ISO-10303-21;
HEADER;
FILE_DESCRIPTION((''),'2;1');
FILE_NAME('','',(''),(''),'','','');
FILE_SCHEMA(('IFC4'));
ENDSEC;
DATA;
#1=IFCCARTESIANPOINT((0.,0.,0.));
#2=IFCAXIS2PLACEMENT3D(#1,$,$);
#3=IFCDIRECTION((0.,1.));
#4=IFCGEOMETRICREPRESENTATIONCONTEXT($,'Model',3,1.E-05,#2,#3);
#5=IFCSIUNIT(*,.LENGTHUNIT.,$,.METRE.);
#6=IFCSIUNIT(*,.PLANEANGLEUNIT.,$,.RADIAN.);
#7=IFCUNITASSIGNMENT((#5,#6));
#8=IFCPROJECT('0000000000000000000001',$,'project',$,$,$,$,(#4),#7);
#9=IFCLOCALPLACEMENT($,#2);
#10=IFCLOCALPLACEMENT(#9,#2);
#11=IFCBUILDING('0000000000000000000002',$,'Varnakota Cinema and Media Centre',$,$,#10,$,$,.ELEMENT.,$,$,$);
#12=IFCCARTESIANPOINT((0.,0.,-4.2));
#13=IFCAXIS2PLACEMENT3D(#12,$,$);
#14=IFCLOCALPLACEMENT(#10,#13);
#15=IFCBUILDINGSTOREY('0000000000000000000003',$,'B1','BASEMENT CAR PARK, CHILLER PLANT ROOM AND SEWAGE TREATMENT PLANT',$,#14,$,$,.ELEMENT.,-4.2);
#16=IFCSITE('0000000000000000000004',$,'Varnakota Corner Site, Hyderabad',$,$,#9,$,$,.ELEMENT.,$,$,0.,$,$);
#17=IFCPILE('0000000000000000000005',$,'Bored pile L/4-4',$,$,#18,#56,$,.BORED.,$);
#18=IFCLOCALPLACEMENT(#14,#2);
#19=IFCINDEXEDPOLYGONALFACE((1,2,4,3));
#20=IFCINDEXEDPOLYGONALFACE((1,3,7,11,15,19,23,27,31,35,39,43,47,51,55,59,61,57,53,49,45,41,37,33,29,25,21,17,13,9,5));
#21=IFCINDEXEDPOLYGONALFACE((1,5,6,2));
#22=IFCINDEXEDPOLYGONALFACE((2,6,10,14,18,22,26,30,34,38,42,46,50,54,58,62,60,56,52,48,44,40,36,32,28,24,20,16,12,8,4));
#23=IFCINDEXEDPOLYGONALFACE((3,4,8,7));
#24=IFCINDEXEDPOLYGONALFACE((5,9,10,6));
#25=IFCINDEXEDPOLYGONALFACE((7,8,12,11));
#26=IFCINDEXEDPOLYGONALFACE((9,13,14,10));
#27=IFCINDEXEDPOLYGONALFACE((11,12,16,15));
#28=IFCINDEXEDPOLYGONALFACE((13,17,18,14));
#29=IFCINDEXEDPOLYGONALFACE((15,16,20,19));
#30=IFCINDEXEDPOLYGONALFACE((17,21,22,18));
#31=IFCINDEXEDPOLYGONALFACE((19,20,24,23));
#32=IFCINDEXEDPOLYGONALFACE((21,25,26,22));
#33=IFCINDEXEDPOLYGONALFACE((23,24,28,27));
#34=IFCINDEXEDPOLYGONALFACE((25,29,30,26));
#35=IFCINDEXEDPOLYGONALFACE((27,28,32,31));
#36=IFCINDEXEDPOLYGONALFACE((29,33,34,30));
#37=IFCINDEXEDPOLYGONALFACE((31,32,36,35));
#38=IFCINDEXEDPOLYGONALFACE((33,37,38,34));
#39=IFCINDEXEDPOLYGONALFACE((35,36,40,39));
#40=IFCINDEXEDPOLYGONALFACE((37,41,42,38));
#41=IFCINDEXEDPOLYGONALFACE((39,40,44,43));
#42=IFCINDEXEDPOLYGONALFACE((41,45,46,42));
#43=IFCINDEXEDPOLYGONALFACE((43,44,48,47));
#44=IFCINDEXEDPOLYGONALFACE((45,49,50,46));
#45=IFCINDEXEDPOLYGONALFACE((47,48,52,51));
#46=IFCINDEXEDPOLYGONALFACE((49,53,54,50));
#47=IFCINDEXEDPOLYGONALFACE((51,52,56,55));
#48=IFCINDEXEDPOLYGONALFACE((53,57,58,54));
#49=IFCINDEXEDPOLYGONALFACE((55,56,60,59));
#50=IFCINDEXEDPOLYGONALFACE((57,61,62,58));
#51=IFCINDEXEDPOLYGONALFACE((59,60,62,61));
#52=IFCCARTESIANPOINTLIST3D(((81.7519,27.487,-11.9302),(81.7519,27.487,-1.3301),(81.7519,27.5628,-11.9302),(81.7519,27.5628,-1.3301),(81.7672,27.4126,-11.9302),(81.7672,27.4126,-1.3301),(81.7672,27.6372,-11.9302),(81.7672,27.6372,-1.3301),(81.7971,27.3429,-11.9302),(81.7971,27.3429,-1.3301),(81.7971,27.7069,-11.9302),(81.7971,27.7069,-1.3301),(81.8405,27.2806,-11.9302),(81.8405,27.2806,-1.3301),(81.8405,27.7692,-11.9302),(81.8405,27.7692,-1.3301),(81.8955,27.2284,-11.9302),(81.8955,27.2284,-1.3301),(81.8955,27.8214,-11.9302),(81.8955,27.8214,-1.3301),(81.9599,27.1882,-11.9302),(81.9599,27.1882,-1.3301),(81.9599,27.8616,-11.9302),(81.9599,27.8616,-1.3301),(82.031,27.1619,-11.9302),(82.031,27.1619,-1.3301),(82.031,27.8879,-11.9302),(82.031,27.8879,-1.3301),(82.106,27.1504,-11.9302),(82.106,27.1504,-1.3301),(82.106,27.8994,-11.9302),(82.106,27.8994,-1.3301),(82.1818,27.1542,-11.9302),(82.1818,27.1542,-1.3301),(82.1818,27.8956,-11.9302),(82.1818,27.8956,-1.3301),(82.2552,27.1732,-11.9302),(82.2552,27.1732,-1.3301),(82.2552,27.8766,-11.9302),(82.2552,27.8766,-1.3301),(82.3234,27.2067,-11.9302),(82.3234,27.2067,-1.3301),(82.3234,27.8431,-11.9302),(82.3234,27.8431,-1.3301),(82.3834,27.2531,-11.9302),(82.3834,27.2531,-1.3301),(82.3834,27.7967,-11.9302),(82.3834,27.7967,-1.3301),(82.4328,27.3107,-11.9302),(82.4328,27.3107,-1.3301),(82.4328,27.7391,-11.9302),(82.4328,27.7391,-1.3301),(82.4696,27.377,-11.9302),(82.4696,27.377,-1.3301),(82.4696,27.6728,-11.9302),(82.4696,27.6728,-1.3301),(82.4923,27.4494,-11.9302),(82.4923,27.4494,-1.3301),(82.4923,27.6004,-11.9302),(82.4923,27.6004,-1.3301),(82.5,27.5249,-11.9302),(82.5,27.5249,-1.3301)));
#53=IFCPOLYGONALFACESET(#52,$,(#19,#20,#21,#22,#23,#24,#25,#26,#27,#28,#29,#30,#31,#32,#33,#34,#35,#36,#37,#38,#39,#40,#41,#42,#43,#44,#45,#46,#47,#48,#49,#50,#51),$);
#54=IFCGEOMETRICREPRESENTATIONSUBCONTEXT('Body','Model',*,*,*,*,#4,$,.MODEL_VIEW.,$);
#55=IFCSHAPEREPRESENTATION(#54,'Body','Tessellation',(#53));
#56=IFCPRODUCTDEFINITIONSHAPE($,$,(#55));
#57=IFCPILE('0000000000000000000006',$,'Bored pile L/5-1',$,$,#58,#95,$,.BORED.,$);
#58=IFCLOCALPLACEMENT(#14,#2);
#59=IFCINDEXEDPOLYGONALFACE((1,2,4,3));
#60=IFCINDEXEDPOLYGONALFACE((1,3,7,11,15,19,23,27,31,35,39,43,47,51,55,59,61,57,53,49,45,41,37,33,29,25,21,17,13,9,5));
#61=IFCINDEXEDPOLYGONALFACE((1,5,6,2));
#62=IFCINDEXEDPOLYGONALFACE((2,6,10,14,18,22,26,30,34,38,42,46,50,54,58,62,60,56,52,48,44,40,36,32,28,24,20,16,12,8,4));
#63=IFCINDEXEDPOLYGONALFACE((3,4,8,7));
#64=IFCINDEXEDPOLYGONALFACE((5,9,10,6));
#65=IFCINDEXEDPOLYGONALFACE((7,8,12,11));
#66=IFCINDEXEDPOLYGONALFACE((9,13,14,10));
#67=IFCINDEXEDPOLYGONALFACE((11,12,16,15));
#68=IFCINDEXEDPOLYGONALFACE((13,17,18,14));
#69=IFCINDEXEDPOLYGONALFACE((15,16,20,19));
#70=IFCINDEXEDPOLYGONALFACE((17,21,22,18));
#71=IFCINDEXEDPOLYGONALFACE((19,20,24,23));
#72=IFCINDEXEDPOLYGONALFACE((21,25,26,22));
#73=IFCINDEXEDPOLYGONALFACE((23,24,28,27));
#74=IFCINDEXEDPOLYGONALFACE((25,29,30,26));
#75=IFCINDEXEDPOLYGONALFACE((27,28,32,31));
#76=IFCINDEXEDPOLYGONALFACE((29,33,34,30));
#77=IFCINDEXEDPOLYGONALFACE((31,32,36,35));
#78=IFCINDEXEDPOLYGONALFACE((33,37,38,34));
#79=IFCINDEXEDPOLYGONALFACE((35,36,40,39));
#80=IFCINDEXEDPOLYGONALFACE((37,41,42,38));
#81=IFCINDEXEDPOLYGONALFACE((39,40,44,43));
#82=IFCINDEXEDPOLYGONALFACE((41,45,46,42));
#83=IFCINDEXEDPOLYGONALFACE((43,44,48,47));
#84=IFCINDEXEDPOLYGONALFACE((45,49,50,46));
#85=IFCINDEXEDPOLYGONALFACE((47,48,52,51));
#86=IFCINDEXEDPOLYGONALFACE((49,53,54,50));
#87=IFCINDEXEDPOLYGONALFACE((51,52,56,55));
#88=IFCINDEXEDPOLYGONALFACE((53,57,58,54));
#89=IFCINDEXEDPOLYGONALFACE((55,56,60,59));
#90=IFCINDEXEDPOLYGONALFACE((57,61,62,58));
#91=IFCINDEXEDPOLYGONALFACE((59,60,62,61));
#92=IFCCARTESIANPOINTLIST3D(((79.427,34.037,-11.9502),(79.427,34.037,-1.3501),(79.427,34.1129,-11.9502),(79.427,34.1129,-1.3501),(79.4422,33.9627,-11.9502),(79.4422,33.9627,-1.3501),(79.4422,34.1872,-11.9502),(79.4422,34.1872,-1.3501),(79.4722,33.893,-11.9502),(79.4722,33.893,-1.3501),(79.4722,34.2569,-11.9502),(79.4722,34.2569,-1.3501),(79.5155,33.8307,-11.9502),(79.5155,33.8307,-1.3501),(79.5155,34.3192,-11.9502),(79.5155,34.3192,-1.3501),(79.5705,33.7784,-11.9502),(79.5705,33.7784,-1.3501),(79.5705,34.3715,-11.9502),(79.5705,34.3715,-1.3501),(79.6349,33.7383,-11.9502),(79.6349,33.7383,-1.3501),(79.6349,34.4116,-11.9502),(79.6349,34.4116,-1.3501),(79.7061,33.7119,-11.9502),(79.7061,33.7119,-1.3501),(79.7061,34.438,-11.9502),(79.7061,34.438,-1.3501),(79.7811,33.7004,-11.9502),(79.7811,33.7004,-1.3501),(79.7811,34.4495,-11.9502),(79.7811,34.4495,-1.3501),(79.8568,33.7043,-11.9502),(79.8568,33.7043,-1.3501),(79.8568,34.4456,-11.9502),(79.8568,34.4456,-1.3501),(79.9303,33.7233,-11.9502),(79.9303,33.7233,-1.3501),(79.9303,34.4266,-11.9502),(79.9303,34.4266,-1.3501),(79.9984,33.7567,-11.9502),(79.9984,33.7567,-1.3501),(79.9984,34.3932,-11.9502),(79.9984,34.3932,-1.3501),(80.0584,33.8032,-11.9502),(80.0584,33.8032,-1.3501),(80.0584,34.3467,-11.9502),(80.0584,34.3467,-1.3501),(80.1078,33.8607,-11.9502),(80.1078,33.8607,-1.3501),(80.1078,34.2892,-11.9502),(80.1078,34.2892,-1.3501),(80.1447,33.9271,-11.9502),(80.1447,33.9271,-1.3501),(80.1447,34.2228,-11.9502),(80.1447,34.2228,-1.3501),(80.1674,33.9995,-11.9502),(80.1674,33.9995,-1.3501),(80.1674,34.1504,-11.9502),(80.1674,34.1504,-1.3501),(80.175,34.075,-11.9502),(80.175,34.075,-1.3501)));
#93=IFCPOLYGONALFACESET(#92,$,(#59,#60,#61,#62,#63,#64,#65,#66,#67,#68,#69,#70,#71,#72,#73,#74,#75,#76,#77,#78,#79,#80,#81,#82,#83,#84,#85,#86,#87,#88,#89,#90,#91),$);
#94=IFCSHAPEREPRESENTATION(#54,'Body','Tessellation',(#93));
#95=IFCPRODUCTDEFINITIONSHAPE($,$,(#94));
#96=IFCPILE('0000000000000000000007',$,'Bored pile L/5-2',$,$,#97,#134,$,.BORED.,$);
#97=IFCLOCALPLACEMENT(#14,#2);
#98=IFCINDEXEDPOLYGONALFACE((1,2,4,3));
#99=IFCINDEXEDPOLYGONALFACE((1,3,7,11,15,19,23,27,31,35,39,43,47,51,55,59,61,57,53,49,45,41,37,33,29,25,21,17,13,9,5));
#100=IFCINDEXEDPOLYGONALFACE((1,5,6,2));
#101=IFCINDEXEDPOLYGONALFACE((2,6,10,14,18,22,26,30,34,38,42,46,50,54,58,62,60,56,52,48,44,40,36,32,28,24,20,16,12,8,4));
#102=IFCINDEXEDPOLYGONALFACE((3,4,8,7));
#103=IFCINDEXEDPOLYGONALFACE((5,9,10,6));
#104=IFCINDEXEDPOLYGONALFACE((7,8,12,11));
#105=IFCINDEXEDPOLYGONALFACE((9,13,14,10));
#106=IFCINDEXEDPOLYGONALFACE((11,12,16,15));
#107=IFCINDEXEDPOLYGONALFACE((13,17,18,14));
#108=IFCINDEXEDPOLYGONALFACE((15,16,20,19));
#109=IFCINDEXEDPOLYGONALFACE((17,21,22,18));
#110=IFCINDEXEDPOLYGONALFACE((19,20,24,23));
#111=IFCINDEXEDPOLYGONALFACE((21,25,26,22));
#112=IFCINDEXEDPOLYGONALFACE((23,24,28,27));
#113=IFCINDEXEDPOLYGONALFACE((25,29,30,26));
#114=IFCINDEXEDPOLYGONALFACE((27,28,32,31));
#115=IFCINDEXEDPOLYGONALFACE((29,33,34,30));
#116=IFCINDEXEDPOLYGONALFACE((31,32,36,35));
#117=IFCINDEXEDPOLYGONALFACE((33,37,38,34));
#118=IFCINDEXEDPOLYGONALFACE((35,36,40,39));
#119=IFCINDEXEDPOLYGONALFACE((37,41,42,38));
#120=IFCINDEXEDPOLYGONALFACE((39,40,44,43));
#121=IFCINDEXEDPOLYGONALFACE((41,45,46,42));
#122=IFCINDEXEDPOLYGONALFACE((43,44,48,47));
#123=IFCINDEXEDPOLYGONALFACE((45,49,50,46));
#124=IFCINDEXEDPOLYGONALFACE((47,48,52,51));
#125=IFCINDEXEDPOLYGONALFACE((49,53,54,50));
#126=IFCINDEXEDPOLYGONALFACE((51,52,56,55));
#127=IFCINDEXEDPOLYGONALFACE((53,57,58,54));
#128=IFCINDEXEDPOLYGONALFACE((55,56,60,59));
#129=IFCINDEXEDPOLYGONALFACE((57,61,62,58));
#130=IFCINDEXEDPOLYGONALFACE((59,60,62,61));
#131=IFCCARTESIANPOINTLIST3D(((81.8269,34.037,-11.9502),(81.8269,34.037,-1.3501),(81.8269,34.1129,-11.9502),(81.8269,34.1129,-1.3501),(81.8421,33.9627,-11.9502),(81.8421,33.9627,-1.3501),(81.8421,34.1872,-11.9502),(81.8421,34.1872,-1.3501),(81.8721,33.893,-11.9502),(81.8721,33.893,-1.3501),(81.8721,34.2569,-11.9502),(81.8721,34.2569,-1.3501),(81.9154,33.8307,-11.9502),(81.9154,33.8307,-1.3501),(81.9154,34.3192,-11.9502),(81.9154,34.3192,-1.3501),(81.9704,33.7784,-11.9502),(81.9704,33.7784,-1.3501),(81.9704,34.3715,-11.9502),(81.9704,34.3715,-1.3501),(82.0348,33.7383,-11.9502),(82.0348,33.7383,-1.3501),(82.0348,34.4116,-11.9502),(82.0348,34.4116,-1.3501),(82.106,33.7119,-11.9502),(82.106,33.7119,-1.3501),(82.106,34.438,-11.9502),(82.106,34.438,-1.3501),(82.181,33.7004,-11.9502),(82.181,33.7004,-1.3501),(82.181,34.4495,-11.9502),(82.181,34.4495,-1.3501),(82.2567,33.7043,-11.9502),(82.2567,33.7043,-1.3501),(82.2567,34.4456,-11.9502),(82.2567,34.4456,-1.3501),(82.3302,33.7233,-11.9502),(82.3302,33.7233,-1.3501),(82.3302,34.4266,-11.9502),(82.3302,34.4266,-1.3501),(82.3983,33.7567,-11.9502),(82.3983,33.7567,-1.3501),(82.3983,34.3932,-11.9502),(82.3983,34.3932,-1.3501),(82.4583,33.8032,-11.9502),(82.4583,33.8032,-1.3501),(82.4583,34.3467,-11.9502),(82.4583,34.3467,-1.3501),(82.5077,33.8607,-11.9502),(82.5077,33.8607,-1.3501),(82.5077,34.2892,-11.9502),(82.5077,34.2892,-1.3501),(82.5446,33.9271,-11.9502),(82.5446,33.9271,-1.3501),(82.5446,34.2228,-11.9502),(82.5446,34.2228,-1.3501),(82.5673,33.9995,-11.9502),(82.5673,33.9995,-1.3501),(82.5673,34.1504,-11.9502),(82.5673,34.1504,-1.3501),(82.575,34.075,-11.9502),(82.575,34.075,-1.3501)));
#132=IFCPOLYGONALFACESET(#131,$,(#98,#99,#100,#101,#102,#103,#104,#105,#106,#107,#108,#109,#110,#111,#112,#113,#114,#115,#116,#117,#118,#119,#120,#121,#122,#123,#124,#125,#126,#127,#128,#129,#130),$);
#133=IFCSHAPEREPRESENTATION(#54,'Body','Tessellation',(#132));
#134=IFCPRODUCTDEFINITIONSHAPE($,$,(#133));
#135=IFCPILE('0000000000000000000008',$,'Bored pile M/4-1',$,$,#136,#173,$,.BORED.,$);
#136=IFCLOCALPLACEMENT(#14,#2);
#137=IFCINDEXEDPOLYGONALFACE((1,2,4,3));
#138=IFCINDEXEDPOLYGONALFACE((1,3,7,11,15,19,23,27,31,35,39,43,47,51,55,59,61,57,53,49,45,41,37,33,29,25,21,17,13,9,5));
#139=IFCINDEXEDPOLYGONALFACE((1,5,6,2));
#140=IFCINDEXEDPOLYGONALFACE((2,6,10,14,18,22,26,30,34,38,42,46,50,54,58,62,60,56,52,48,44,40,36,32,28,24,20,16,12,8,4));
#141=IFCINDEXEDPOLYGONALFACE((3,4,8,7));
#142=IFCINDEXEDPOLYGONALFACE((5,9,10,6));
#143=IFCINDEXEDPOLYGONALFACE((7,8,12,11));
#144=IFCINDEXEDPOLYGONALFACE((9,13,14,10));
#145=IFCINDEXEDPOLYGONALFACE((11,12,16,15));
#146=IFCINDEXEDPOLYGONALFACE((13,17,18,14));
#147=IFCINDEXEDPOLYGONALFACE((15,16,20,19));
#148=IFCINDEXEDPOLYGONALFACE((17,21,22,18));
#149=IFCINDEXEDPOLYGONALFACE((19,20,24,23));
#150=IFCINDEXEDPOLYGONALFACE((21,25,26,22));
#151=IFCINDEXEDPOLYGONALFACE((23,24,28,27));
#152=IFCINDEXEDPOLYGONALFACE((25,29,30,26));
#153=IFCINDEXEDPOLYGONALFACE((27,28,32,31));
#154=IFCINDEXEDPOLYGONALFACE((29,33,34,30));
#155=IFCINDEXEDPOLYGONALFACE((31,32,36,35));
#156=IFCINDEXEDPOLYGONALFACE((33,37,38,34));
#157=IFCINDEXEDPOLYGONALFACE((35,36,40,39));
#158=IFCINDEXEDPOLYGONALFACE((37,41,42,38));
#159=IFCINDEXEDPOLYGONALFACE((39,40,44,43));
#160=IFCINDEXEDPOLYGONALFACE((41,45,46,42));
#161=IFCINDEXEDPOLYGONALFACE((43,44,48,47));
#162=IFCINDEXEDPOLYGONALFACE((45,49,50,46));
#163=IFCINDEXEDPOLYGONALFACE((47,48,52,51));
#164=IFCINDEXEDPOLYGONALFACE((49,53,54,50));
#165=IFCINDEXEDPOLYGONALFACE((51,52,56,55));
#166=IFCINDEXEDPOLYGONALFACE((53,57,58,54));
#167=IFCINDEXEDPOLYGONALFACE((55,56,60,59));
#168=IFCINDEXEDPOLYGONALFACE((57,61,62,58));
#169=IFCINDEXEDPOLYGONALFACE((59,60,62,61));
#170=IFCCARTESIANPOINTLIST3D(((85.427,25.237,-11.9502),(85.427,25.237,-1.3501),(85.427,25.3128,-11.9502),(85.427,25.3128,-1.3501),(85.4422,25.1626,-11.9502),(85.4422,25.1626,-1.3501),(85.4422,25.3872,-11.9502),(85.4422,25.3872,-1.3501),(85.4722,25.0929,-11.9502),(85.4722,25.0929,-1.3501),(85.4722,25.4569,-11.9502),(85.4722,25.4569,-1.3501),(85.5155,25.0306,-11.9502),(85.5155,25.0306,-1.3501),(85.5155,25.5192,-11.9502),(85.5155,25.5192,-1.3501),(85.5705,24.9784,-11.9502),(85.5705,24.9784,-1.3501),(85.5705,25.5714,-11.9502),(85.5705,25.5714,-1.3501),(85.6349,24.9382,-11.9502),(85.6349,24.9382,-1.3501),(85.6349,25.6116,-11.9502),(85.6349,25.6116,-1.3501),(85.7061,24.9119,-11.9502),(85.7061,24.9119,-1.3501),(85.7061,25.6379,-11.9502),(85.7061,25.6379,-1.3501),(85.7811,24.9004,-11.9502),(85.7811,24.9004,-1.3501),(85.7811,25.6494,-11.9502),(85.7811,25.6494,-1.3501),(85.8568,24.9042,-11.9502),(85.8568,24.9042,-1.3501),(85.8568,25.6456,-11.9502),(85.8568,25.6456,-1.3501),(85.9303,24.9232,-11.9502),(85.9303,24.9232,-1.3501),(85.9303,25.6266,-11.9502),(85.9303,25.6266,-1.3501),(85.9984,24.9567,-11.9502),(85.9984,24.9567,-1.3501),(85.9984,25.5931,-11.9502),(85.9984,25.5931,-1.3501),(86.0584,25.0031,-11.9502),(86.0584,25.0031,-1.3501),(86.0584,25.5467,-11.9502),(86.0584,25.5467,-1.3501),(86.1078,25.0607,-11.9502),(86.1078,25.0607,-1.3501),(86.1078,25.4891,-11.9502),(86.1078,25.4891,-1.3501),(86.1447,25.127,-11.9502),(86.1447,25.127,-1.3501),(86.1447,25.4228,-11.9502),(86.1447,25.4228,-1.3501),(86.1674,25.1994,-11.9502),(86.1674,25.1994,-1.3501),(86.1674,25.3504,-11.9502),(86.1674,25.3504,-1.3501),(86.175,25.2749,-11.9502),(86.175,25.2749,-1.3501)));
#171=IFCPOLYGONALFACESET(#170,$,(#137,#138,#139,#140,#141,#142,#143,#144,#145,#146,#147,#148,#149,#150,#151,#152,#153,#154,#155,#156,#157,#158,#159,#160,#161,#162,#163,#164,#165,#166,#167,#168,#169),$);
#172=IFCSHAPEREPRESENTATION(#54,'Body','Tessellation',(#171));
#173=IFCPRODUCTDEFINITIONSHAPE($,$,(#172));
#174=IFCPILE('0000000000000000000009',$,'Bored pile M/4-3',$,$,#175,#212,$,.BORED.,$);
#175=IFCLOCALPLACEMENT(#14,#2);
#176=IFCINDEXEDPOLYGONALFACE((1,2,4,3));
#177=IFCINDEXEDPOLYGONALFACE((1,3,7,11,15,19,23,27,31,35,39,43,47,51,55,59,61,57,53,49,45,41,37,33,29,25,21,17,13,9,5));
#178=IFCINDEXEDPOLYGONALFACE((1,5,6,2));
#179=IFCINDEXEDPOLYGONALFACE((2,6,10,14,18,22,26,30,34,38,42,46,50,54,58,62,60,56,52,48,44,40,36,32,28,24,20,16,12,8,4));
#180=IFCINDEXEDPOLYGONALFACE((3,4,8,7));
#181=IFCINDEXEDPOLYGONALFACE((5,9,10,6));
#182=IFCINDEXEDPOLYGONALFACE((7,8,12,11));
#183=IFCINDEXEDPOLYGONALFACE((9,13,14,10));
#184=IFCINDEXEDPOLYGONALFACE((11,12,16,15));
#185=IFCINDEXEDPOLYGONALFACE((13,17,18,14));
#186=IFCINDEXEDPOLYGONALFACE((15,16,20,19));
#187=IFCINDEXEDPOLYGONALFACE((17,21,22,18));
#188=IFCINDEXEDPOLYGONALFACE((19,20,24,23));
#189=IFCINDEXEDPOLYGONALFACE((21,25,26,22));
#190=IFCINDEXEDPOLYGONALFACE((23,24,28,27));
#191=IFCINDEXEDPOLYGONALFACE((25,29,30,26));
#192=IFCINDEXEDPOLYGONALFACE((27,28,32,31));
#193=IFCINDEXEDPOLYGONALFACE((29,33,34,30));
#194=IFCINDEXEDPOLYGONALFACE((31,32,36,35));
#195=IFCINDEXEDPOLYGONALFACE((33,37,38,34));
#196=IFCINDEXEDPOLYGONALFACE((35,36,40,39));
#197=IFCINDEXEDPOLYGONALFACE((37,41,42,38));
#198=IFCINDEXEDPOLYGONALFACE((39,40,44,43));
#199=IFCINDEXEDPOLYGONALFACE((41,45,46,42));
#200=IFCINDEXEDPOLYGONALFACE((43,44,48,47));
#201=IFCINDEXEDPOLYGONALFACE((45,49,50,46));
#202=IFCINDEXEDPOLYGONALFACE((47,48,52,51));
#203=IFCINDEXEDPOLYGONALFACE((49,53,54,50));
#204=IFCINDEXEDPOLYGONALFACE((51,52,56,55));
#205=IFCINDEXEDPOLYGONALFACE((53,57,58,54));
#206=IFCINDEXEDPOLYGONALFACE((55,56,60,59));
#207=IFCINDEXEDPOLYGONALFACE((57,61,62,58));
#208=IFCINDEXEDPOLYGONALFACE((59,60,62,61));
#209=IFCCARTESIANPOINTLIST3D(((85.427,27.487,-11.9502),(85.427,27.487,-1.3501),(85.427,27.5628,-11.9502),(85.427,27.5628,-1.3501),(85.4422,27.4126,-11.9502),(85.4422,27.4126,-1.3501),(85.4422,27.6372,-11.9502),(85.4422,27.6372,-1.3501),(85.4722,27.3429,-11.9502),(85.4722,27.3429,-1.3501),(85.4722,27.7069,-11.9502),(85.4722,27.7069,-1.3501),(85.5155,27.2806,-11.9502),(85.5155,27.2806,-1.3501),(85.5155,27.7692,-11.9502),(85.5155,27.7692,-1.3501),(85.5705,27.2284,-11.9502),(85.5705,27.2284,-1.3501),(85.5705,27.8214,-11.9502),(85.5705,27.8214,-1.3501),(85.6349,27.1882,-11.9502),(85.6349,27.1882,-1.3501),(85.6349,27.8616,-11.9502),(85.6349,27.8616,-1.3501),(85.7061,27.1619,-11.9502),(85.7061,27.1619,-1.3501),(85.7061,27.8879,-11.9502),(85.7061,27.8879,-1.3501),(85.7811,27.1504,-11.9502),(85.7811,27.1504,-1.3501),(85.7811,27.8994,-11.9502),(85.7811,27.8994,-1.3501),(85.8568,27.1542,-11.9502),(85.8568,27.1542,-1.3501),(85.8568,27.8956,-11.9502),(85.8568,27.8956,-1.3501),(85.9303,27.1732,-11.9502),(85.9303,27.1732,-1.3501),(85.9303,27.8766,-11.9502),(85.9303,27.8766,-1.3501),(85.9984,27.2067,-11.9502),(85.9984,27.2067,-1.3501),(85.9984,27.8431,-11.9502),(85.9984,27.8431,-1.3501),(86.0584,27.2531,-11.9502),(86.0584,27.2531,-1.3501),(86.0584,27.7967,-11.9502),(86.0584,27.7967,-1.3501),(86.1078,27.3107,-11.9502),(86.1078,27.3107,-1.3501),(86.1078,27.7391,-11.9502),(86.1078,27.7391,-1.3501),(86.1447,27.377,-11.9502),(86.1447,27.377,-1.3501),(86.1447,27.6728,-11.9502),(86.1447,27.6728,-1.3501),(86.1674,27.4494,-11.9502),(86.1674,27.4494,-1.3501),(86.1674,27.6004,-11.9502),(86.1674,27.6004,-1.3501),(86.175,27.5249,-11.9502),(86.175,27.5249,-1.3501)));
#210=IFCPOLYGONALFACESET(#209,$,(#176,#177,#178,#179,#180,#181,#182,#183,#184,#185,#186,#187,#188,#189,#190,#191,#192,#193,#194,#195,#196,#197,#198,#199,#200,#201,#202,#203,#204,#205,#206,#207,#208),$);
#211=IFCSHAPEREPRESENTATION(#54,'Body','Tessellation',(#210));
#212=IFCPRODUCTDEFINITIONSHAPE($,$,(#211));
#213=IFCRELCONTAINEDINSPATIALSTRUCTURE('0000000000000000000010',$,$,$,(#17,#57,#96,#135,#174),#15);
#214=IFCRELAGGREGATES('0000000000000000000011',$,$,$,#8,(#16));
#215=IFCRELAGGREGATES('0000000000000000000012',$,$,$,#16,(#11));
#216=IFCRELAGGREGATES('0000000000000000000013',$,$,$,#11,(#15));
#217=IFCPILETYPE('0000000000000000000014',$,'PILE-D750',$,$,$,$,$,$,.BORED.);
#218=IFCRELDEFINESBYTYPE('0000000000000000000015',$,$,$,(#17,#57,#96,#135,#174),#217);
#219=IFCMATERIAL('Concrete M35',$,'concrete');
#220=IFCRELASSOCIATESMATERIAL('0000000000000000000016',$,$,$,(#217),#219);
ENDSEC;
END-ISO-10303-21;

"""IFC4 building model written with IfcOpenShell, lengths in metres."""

from ifc_helpers import new_model, si_unit, direction, frame, origin, origin_2d, place, context, subcontext, project, spatial, circle, extrude, material, material_profile, profile_set, type_object, element, save


model = new_model("IFC4")

# Units and contexts
model_context = context("Model", 3, precision=1e-05, world=origin(), true_north=direction((0.0, 1.0)))
body_context = subcontext(model_context, "Body", "Model", "MODEL_VIEW")
ifc_project = project(units=[si_unit("LENGTHUNIT", "METRE"), si_unit("PLANEANGLEUNIT", "RADIAN")], contexts=[model_context])

# Site, building, storey
site_placement = place(None, origin())
site = spatial("IfcSite", under=ifc_project, at=site_placement, Name="Varnakota Corner Site, Hyderabad", CompositionType="ELEMENT", RefElevation=0.0)
building_placement = place(site_placement, origin())
building = spatial("IfcBuilding", under=site, at=building_placement, Name="Varnakota Cinema and Media Centre", CompositionType="ELEMENT")
storey_placement = place(building_placement, frame((0.0, 0.0, -4.2)))
storey = spatial("IfcBuildingStorey", under=building, at=storey_placement, Name="B1", Description="BASEMENT CAR PARK, CHILLER PLANT ROOM AND SEWAGE TREATMENT PLANT", CompositionType="ELEMENT", Elevation=-4.2)

# Piles
ifc_material_1 = material(Name="Concrete M35", Category="concrete")
ifc_material_profile_1 = material_profile(ifc_material_1, circle(Radius=0.375, at=origin_2d()), Name="PILE D750")
ifc_profile_set_1 = profile_set([ifc_material_profile_1], Name="Concrete M35")
pile_type_1 = type_object("IfcPileType", Name="PILE-D750", PredefinedType="BORED", material=ifc_profile_set_1)
for number, where, z_axis, x_axis, name in (
    (1, (82.125, 27.5249, -1.3301), (0.0, 0.0, -1.0), (1.0, 0.0, 0.0), "Bored pile L/4-4"),
    (2, (79.8, 34.075, -1.3501), (0.0, 0.0, -1.0), (1.0, 0.0, 0.0), "Bored pile L/5-1"),
    (3, (82.2, 34.075, -1.3501), (0.0, 0.0, -1.0), (1.0, 0.0, 0.0), "Bored pile L/5-2"),
    (4, (85.8, 25.2749, -1.3501), (0.0, 0.0, -1.0), (1.0, 0.0, 0.0), "Bored pile M/4-1"),
    (5, (85.8, 27.5249, -1.3501), (0.0, 0.0, -1.0), (1.0, 0.0, 0.0), "Bored pile M/4-3"),
):
    element("IfcPile", number, at=place(storey_placement, frame(where, z_axis=z_axis, x_axis=x_axis)), inside=storey, type_object=pile_type_1, Name=name, PredefinedType="BORED", context=body_context, shape_type="SweptSolid", body=[
        extrude(circle(Radius=0.375, at=origin_2d()), origin(), (0.0, 0.0, 1.0), 10.6001),
    ])

save(model, "model.ifc")
